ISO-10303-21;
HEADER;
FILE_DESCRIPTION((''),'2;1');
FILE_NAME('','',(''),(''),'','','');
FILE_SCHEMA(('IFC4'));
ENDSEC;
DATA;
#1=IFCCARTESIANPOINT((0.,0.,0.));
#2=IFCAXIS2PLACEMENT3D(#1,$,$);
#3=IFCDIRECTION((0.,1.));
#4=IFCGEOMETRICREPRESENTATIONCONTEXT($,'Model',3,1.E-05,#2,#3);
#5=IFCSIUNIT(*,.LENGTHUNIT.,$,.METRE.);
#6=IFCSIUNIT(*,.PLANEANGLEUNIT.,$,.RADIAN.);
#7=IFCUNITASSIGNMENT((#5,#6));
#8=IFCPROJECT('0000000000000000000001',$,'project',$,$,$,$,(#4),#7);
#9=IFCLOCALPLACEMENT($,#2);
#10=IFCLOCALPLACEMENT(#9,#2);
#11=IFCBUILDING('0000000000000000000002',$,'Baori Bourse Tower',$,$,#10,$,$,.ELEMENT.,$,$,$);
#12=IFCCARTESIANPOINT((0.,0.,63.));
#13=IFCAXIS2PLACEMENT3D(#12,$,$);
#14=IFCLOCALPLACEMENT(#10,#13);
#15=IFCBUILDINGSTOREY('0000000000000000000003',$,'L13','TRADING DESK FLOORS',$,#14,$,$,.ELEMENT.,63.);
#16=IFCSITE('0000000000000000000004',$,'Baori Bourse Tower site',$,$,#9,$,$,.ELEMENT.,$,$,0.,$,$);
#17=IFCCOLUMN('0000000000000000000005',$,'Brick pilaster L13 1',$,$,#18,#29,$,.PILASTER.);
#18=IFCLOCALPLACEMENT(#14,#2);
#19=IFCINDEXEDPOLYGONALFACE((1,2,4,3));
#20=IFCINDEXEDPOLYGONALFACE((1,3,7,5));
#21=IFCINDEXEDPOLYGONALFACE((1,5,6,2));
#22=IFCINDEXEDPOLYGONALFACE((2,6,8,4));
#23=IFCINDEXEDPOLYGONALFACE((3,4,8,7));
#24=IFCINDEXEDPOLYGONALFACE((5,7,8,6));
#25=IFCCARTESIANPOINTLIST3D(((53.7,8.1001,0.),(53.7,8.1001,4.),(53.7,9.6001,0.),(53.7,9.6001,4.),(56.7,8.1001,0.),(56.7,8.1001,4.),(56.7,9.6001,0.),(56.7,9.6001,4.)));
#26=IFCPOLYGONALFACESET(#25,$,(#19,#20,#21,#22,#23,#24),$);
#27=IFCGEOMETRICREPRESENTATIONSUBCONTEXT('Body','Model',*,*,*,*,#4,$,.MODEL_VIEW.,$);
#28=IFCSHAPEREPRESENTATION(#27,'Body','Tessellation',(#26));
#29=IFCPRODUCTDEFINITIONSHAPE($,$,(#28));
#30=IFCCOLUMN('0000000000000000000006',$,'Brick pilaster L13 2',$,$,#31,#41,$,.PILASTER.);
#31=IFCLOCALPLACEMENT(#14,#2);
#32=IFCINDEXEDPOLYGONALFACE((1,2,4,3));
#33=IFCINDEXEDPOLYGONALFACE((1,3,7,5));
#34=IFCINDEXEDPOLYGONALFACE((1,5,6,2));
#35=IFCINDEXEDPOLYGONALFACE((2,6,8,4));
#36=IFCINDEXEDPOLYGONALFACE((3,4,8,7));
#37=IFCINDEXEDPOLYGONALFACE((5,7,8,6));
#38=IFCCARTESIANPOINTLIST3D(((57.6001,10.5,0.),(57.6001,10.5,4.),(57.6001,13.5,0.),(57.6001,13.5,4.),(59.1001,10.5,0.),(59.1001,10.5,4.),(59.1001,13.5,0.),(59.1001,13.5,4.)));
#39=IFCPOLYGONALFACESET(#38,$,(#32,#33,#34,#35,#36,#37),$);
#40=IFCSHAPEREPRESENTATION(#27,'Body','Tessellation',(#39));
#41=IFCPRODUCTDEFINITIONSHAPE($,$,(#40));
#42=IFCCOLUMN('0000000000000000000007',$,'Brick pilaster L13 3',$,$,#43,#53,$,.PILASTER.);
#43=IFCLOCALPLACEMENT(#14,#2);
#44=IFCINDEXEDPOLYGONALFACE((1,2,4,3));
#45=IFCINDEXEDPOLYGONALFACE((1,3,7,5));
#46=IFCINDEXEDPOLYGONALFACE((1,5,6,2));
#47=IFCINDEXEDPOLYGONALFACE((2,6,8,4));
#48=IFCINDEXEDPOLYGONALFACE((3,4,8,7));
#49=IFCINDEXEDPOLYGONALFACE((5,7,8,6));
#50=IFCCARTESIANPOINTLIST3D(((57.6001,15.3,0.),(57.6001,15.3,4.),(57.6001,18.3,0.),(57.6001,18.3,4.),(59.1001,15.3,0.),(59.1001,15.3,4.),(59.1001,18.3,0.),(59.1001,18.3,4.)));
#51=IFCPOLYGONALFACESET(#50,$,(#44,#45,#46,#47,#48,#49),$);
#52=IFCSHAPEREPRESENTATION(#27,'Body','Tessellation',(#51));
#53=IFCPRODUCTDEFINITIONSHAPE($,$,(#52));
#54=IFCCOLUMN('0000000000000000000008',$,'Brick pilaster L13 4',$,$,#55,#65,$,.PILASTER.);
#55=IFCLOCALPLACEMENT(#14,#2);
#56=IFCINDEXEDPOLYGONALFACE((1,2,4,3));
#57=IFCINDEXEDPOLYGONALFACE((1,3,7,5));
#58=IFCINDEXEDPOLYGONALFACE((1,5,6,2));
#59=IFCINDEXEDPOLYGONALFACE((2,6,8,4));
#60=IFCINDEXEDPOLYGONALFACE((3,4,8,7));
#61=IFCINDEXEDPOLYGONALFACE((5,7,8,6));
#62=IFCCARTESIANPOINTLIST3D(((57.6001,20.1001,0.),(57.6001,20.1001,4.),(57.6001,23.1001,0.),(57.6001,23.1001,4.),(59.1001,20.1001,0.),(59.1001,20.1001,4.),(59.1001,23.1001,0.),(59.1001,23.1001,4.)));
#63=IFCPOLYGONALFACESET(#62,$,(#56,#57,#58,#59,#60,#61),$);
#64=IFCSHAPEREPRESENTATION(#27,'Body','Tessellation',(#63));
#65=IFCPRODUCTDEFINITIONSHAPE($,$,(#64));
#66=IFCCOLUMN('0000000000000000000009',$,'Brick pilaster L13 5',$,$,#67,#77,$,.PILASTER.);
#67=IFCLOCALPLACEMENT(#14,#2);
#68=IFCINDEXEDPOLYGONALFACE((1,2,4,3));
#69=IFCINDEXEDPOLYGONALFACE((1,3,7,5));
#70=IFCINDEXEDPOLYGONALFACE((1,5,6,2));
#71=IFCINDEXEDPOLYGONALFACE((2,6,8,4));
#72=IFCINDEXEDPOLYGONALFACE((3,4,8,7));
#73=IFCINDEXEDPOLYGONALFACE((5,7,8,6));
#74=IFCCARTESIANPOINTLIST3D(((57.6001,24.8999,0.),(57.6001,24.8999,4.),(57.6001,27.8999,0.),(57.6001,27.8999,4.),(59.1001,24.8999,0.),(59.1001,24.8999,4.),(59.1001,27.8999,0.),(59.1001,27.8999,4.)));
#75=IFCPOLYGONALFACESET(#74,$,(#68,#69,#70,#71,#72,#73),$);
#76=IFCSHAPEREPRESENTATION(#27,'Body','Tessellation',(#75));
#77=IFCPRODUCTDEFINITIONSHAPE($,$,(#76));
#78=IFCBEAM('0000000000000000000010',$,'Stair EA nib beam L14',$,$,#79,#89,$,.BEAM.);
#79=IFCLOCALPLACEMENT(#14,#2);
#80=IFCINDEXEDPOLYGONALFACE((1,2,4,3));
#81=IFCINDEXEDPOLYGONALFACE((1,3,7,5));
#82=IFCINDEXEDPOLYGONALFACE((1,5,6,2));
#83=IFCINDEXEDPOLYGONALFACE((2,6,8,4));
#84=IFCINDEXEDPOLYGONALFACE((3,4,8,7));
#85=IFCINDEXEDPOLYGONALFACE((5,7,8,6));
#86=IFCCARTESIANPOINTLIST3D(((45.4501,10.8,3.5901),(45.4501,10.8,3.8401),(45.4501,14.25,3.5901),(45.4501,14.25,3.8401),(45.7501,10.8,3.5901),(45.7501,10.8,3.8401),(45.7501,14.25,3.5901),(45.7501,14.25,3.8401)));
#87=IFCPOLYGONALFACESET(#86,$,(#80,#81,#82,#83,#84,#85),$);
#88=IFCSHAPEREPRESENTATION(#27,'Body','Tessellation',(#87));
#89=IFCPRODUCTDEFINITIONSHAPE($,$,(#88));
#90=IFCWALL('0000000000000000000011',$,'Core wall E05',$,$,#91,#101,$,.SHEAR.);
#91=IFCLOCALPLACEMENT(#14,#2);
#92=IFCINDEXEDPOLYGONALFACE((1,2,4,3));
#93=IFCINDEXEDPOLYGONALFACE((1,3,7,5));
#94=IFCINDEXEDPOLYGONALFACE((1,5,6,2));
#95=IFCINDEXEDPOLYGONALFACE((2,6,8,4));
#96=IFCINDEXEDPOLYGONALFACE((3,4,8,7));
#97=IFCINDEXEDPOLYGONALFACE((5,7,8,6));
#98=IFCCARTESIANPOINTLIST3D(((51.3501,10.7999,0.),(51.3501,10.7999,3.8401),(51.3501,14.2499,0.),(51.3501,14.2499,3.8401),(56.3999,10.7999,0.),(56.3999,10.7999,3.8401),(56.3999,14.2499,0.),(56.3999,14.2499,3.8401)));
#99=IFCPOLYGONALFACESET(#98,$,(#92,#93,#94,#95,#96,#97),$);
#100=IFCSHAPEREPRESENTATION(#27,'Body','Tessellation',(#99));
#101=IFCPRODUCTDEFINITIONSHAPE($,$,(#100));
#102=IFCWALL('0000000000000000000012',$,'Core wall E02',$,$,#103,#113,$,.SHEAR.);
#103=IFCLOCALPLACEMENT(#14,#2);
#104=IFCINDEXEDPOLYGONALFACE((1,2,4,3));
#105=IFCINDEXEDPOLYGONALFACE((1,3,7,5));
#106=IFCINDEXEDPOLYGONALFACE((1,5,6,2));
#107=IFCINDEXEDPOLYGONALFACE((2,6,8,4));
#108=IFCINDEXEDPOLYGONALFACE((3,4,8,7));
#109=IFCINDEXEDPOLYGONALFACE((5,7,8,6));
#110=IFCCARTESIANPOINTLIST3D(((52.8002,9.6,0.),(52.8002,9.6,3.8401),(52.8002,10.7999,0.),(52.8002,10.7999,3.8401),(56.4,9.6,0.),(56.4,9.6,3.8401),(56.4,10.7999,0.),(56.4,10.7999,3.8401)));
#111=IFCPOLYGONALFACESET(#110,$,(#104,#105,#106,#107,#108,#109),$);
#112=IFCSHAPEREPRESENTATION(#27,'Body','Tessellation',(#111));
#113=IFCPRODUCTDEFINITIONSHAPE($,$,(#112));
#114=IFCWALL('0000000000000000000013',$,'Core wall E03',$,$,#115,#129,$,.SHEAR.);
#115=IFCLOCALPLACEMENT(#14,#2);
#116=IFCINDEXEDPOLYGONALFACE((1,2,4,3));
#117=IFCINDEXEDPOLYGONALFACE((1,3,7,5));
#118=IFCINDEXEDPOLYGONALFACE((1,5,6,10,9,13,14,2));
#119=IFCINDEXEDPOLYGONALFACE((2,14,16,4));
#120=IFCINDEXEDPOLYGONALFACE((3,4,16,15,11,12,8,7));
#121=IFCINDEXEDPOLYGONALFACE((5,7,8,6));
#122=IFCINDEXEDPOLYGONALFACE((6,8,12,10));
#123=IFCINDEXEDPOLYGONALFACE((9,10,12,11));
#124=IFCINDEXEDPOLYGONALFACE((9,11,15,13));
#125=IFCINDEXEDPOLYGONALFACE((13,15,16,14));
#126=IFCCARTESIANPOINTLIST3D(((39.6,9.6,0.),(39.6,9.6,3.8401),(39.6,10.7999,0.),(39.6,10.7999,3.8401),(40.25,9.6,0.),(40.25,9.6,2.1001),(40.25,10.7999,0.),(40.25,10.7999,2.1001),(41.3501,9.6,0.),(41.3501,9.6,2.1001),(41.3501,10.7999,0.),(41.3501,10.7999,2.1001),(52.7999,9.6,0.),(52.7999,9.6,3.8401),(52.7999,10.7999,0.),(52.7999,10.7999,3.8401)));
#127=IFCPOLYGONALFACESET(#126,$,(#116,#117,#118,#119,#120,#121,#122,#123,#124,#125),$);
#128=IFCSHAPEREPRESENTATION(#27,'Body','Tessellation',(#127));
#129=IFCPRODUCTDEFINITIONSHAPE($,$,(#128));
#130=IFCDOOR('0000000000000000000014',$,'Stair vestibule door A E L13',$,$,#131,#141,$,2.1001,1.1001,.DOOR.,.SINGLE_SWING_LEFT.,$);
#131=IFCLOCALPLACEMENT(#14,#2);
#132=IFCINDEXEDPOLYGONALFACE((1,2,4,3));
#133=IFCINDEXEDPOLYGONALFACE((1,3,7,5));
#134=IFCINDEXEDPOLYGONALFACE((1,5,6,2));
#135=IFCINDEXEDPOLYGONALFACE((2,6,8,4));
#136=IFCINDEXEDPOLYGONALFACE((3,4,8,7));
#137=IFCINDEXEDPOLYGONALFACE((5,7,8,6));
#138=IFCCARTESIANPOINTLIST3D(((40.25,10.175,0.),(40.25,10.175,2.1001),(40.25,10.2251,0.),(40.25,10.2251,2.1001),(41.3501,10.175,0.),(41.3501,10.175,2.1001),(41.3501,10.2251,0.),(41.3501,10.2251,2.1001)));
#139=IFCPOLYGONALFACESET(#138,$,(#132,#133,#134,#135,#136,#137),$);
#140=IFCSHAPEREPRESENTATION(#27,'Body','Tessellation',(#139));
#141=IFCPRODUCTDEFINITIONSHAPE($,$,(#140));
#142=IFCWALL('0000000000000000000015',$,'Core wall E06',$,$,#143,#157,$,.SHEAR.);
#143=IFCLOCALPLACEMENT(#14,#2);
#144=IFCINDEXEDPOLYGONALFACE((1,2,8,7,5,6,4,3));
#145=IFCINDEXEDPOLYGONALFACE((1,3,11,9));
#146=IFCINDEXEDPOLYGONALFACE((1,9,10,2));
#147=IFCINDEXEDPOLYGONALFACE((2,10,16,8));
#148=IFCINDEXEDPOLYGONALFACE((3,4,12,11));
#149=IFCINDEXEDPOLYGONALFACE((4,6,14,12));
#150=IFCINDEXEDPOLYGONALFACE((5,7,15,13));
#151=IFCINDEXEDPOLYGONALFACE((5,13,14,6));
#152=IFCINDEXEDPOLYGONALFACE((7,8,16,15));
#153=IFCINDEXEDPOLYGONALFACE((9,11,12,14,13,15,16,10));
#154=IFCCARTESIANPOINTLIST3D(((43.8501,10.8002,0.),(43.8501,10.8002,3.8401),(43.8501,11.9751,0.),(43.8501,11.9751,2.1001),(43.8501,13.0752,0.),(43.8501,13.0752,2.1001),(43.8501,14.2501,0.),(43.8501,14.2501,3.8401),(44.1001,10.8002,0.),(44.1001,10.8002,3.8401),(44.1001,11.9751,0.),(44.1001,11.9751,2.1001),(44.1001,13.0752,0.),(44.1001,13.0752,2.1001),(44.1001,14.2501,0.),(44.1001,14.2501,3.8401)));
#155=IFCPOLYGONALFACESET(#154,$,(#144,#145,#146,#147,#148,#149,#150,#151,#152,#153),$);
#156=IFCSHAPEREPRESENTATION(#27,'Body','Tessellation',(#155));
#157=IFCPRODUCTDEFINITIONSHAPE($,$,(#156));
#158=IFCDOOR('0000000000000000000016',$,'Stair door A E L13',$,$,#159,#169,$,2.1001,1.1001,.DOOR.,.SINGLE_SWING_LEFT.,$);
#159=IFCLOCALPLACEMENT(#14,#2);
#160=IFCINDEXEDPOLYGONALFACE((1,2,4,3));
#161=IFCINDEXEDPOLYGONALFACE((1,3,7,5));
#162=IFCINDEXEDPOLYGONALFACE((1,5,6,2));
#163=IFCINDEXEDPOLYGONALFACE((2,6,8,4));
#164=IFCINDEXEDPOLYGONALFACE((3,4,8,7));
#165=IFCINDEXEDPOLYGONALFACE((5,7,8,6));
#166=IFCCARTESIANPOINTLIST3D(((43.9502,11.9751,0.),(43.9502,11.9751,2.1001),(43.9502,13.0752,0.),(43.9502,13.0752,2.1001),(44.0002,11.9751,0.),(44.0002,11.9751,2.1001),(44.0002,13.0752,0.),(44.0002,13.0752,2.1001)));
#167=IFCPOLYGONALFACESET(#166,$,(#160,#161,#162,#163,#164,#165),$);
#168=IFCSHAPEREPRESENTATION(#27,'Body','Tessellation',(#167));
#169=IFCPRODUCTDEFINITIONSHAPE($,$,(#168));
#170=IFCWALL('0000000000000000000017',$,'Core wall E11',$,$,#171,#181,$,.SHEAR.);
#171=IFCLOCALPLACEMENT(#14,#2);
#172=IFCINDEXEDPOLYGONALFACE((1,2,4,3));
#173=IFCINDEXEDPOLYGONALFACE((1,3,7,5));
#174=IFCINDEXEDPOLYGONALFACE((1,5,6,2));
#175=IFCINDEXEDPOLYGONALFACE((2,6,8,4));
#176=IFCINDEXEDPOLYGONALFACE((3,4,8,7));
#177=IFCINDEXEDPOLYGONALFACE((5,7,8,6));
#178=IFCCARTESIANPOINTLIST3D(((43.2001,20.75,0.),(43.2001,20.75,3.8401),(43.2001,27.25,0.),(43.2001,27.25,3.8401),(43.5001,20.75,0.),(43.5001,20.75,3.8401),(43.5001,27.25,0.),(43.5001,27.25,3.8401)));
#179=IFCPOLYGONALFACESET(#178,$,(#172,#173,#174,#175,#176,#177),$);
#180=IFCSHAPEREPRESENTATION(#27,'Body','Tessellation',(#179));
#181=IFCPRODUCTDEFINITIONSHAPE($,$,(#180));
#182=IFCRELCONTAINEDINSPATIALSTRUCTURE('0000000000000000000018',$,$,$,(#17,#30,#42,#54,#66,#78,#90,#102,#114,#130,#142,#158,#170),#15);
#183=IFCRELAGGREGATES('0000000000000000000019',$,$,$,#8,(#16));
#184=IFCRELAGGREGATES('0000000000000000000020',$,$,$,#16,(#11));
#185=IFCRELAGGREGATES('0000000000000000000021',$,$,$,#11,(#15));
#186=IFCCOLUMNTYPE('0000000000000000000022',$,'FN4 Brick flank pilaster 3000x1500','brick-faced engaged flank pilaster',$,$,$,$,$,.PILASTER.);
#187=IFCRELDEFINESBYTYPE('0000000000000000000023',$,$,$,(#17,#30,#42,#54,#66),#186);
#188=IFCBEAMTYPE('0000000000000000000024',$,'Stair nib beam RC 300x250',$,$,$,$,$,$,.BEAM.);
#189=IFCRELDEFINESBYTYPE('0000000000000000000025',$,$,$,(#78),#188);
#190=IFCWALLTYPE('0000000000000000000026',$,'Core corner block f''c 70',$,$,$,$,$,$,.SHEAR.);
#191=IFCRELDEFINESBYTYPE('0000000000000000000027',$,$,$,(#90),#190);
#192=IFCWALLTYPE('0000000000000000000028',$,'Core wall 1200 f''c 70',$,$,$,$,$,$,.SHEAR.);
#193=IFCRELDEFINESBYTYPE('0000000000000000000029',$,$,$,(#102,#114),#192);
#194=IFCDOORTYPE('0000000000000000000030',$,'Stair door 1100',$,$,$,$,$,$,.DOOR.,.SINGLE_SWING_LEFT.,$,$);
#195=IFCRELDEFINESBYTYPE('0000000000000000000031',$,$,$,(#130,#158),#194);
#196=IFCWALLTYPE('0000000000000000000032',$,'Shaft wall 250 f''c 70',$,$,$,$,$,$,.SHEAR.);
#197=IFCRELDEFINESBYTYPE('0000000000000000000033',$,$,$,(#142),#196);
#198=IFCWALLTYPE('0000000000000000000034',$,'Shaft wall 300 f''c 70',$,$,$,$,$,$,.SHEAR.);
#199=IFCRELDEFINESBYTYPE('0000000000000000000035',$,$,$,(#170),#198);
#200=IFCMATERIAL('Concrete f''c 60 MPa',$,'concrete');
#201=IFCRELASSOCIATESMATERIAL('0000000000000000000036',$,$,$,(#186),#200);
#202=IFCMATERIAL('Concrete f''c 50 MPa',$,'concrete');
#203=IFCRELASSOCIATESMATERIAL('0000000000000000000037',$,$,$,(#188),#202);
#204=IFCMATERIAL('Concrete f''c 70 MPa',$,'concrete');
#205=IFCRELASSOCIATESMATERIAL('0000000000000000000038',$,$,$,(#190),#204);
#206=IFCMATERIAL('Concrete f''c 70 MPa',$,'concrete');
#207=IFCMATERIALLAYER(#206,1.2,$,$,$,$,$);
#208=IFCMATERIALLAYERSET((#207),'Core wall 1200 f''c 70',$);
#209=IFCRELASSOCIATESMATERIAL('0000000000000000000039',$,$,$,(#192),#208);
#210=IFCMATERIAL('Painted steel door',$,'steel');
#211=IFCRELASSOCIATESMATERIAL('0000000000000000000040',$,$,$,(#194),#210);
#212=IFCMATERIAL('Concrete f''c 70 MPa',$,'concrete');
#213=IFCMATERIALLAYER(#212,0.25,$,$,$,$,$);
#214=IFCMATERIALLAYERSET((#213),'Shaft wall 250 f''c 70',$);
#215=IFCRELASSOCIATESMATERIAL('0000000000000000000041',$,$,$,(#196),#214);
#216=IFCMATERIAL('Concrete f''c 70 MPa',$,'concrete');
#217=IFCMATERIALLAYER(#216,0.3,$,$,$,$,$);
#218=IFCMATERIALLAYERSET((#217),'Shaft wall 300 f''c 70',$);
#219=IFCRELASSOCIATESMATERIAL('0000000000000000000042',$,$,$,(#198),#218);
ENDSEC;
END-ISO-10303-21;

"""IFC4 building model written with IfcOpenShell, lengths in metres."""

from ifc_helpers import new_model, si_unit, direction, frame, frame_2d, origin, origin_2d, place, context, subcontext, project, spatial, rectangle, extrude, material, layer, layer_set, material_profile, profile_set, type_object, element, fill, save


model = new_model("IFC4")

# Units and contexts
model_context = context("Model", 3, precision=1e-05, world=origin(), true_north=direction((0.0, 1.0)))
body_context = subcontext(model_context, "Body", "Model", "MODEL_VIEW")
ifc_project = project(units=[si_unit("LENGTHUNIT", "METRE"), si_unit("PLANEANGLEUNIT", "RADIAN")], contexts=[model_context])

# Site, building, storey
site_placement = place(None, origin())
site = spatial("IfcSite", under=ifc_project, at=site_placement, Name="Baori Bourse Tower site", CompositionType="ELEMENT", RefElevation=0.0)
building_placement = place(site_placement, origin())
building = spatial("IfcBuilding", under=site, at=building_placement, Name="Baori Bourse Tower", CompositionType="ELEMENT")
storey_placement = place(building_placement, frame((0.0, 0.0, 63.0)))
storey = spatial("IfcBuildingStorey", under=building, at=storey_placement, Name="L13", Description="TRADING DESK FLOORS", CompositionType="ELEMENT", Elevation=63.0)

# Columns
ifc_material_1 = material(Name="Concrete f'c 60 MPa", Category="concrete")
ifc_material_profile_1 = material_profile(ifc_material_1, rectangle(XDim=3.0, YDim=1.5, at=origin_2d()), Name="RC 3000x1500")
ifc_profile_set_1 = profile_set([ifc_material_profile_1], Name="Concrete f'c 60 MPa")
column_type = type_object("IfcColumnType", Name="FN4 Brick flank pilaster 3000x1500", Description="brick-faced engaged flank pilaster", PredefinedType="PILASTER", material=ifc_profile_set_1)
for number, where, z_axis, x_axis, name in (
    (1, (55.2, 8.8501, 0.0), (0.0, 0.0, 1.0), (1.0, 0.0, 0.0), "Brick pilaster L13 1"),
    (2, (58.3501, 12.0, 0.0), (0.0, 0.0, 1.0), (0.0, 1.0, 0.0), "Brick pilaster L13 2"),
    (3, (58.3501, 16.8, 0.0), (0.0, 0.0, 1.0), (0.0, 1.0, 0.0), "Brick pilaster L13 3"),
    (4, (58.3501, 21.6001, 0.0), (0.0, 0.0, 1.0), (0.0, 1.0, 0.0), "Brick pilaster L13 4"),
    (5, (58.3501, 26.3999, 0.0), (0.0, 0.0, 1.0), (0.0, 1.0, 0.0), "Brick pilaster L13 5"),
):
    element("IfcColumn", number, at=place(storey_placement, frame(where, z_axis=z_axis, x_axis=x_axis)), inside=storey, type_object=column_type, Name=name, PredefinedType="PILASTER", context=body_context, shape_type="SweptSolid", body=[
        extrude(rectangle(XDim=3.0, YDim=1.5, at=origin_2d()), origin(), (0.0, 0.0, 1.0), 4.0),
    ])

# Beam
ifc_material_2 = material(Name="Concrete f'c 50 MPa", Category="concrete")
ifc_material_profile_2 = material_profile(ifc_material_2, rectangle(XDim=0.3, YDim=0.25, at=origin_2d()), Name="RC 300x250")
ifc_profile_set_2 = profile_set([ifc_material_profile_2], Name="Concrete f'c 50 MPa")
beam_type = type_object("IfcBeamType", Name="Stair nib beam RC 300x250", PredefinedType="BEAM", material=ifc_profile_set_2)
beam_placement = place(storey_placement, frame((45.6001, 10.8, 3.7151), z_axis=(0.0, 1.0, 0.0), x_axis=(-1.0, 0.0, 0.0)))
element("IfcBeam", 6, at=beam_placement, inside=storey, type_object=beam_type, Name="Stair EA nib beam L14", PredefinedType="BEAM", context=body_context, shape_type="SweptSolid", body=[
    extrude(rectangle(XDim=0.3, YDim=0.25, at=origin_2d()), origin(), (0.0, 0.0, 1.0), 3.45),
])

# Walls
ifc_material_3 = material(Name="Concrete f'c 70 MPa", Category="concrete")
wall_type_1 = type_object("IfcWallType", Name="Core corner block f'c 70", PredefinedType="SHEAR", material=ifc_material_3)
wall_1_placement = place(storey_placement, frame((51.3501, 12.5249, 0.0), z_axis=(0.0, 0.0, 1.0), x_axis=(1.0, 0.0, 0.0)))
element("IfcWall", 7, at=wall_1_placement, inside=storey, type_object=wall_type_1, Name="Core wall E05", PredefinedType="SHEAR", context=body_context, shape_type="SweptSolid", body=[
    extrude(rectangle(XDim=5.0498, YDim=3.45, at=frame_2d((2.5249, 0.0))), origin(), (0.0, 0.0, 1.0), 3.8401),
])
ifc_material_4 = material(Name="Concrete f'c 70 MPa", Category="concrete")
ifc_layer_1 = layer(ifc_material_4, 1.2)
ifc_layer_set_1 = layer_set([ifc_layer_1], Name="Core wall 1200 f'c 70")
wall_type_2 = type_object("IfcWallType", Name="Core wall 1200 f'c 70", PredefinedType="SHEAR", material=ifc_layer_set_1)
wall_2_placement = place(storey_placement, frame((56.3999, 10.2, 0.0), z_axis=(0.0, 0.0, 1.0), x_axis=(-1.0, 0.0, 0.0)))
element("IfcWall", 8, at=wall_2_placement, inside=storey, type_object=wall_type_2, Name="Core wall E02", PredefinedType="SHEAR", context=body_context, shape_type="SweptSolid", body=[
    extrude(rectangle(XDim=3.5999, YDim=1.2, at=frame_2d((1.7998, 0.0))), origin(), (0.0, 0.0, 1.0), 3.8401),
])

# Walls, openings, doors
wall_3_placement = place(storey_placement, frame((52.8, 10.2, 0.0), z_axis=(0.0, 0.0, 1.0), x_axis=(-1.0, 0.0, 0.0)))
wall_3 = element("IfcWall", 9, at=wall_3_placement, inside=storey, type_object=wall_type_2, Name="Core wall E03", PredefinedType="SHEAR", context=body_context, shape_type="SweptSolid", body=[
    extrude(rectangle(XDim=13.2, YDim=1.2, at=frame_2d((6.6001, 0.0))), origin(), (0.0, 0.0, 1.0), 3.8401),
])
opening_1_placement = place(wall_3_placement, frame((11.45, 0.0, 0.0)))
opening_1 = element("IfcOpeningElement", 10, at=opening_1_placement, cuts=wall_3, PredefinedType="OPENING", context=body_context, shape_type="SweptSolid", body=[
    extrude(rectangle(XDim=1.1001, YDim=2.1001, at=frame_2d((0.55, 1.05))), frame((0.0, 0.6099, 0.0), z_axis=(0.0, -1.0, 0.0), x_axis=(1.0, 0.0, 0.0)), (0.0, 0.0, 1.0), 1.22),
])
ifc_material_5 = material(Name="Painted steel door", Category="steel")
door_type_1 = type_object("IfcDoorType", Name="Stair door 1100", OperationType="SINGLE_SWING_LEFT", PredefinedType="DOOR", material=ifc_material_5)
door_1_placement = place(opening_1_placement, origin())
door_1 = element("IfcDoor", 11, at=door_1_placement, inside=storey, type_object=door_type_1, Name="Stair vestibule door A E L13", OperationType="SINGLE_SWING_LEFT", OverallHeight=2.1001, OverallWidth=1.1001, PredefinedType="DOOR", context=body_context, shape_type="SweptSolid", body=[
    extrude(rectangle(XDim=1.1001, YDim=2.1001, at=frame_2d((0.55, 1.05))), frame((0.0, 0.0249, 0.0), z_axis=(0.0, -1.0, 0.0), x_axis=(1.0, 0.0, 0.0)), (0.0, 0.0, 1.0), 0.05),
])
fill(opening_1, door_1)
ifc_material_6 = material(Name="Concrete f'c 70 MPa", Category="concrete")
ifc_layer_2 = layer(ifc_material_6, 0.25)
ifc_layer_set_2 = layer_set([ifc_layer_2], Name="Shaft wall 250 f'c 70")
wall_type_3 = type_object("IfcWallType", Name="Shaft wall 250 f'c 70", PredefinedType="SHEAR", material=ifc_layer_set_2)
wall_4_placement = place(storey_placement, frame((43.9751, 10.8, 0.0), z_axis=(0.0, 0.0, 1.0), x_axis=(0.0, 1.0, 0.0)))
wall_4 = element("IfcWall", 12, at=wall_4_placement, inside=storey, type_object=wall_type_3, Name="Core wall E06", PredefinedType="SHEAR", context=body_context, shape_type="SweptSolid", body=[
    extrude(rectangle(XDim=3.45, YDim=0.25, at=frame_2d((1.7251, 0.0))), origin(), (0.0, 0.0, 1.0), 3.8401),
])
opening_2_placement = place(wall_4_placement, frame((1.175, 0.0, 0.0)))
opening_2 = element("IfcOpeningElement", 13, at=opening_2_placement, cuts=wall_4, PredefinedType="OPENING", context=body_context, shape_type="SweptSolid", body=[
    extrude(rectangle(XDim=1.1001, YDim=2.1001, at=frame_2d((0.55, 1.05))), frame((0.0, 0.135, 0.0), z_axis=(0.0, -1.0, 0.0), x_axis=(1.0, 0.0, 0.0)), (0.0, 0.0, 1.0), 0.27),
])
door_2_placement = place(opening_2_placement, origin())
door_2 = element("IfcDoor", 14, at=door_2_placement, inside=storey, type_object=door_type_1, Name="Stair door A E L13", OperationType="SINGLE_SWING_LEFT", OverallHeight=2.1001, OverallWidth=1.1001, PredefinedType="DOOR", context=body_context, shape_type="SweptSolid", body=[
    extrude(rectangle(XDim=1.1001, YDim=2.1001, at=frame_2d((0.55, 1.05))), frame((0.0, 0.0249, 0.0), z_axis=(0.0, -1.0, 0.0), x_axis=(1.0, 0.0, 0.0)), (0.0, 0.0, 1.0), 0.05),
])
fill(opening_2, door_2)

# Wall
ifc_material_7 = material(Name="Concrete f'c 70 MPa", Category="concrete")
ifc_layer_3 = layer(ifc_material_7, 0.3)
ifc_layer_set_3 = layer_set([ifc_layer_3], Name="Shaft wall 300 f'c 70")
wall_type_4 = type_object("IfcWallType", Name="Shaft wall 300 f'c 70", PredefinedType="SHEAR", material=ifc_layer_set_3)
wall_5_placement = place(storey_placement, frame((43.3501, 20.75, 0.0), z_axis=(0.0, 0.0, 1.0), x_axis=(0.0, 1.0, 0.0)))
element("IfcWall", 15, at=wall_5_placement, inside=storey, type_object=wall_type_4, Name="Core wall E11", PredefinedType="SHEAR", context=body_context, shape_type="SweptSolid", body=[
    extrude(rectangle(XDim=6.5, YDim=0.3, at=frame_2d((3.25, 0.0))), origin(), (0.0, 0.0, 1.0), 3.8401),
])

save(model, "model.ifc")
